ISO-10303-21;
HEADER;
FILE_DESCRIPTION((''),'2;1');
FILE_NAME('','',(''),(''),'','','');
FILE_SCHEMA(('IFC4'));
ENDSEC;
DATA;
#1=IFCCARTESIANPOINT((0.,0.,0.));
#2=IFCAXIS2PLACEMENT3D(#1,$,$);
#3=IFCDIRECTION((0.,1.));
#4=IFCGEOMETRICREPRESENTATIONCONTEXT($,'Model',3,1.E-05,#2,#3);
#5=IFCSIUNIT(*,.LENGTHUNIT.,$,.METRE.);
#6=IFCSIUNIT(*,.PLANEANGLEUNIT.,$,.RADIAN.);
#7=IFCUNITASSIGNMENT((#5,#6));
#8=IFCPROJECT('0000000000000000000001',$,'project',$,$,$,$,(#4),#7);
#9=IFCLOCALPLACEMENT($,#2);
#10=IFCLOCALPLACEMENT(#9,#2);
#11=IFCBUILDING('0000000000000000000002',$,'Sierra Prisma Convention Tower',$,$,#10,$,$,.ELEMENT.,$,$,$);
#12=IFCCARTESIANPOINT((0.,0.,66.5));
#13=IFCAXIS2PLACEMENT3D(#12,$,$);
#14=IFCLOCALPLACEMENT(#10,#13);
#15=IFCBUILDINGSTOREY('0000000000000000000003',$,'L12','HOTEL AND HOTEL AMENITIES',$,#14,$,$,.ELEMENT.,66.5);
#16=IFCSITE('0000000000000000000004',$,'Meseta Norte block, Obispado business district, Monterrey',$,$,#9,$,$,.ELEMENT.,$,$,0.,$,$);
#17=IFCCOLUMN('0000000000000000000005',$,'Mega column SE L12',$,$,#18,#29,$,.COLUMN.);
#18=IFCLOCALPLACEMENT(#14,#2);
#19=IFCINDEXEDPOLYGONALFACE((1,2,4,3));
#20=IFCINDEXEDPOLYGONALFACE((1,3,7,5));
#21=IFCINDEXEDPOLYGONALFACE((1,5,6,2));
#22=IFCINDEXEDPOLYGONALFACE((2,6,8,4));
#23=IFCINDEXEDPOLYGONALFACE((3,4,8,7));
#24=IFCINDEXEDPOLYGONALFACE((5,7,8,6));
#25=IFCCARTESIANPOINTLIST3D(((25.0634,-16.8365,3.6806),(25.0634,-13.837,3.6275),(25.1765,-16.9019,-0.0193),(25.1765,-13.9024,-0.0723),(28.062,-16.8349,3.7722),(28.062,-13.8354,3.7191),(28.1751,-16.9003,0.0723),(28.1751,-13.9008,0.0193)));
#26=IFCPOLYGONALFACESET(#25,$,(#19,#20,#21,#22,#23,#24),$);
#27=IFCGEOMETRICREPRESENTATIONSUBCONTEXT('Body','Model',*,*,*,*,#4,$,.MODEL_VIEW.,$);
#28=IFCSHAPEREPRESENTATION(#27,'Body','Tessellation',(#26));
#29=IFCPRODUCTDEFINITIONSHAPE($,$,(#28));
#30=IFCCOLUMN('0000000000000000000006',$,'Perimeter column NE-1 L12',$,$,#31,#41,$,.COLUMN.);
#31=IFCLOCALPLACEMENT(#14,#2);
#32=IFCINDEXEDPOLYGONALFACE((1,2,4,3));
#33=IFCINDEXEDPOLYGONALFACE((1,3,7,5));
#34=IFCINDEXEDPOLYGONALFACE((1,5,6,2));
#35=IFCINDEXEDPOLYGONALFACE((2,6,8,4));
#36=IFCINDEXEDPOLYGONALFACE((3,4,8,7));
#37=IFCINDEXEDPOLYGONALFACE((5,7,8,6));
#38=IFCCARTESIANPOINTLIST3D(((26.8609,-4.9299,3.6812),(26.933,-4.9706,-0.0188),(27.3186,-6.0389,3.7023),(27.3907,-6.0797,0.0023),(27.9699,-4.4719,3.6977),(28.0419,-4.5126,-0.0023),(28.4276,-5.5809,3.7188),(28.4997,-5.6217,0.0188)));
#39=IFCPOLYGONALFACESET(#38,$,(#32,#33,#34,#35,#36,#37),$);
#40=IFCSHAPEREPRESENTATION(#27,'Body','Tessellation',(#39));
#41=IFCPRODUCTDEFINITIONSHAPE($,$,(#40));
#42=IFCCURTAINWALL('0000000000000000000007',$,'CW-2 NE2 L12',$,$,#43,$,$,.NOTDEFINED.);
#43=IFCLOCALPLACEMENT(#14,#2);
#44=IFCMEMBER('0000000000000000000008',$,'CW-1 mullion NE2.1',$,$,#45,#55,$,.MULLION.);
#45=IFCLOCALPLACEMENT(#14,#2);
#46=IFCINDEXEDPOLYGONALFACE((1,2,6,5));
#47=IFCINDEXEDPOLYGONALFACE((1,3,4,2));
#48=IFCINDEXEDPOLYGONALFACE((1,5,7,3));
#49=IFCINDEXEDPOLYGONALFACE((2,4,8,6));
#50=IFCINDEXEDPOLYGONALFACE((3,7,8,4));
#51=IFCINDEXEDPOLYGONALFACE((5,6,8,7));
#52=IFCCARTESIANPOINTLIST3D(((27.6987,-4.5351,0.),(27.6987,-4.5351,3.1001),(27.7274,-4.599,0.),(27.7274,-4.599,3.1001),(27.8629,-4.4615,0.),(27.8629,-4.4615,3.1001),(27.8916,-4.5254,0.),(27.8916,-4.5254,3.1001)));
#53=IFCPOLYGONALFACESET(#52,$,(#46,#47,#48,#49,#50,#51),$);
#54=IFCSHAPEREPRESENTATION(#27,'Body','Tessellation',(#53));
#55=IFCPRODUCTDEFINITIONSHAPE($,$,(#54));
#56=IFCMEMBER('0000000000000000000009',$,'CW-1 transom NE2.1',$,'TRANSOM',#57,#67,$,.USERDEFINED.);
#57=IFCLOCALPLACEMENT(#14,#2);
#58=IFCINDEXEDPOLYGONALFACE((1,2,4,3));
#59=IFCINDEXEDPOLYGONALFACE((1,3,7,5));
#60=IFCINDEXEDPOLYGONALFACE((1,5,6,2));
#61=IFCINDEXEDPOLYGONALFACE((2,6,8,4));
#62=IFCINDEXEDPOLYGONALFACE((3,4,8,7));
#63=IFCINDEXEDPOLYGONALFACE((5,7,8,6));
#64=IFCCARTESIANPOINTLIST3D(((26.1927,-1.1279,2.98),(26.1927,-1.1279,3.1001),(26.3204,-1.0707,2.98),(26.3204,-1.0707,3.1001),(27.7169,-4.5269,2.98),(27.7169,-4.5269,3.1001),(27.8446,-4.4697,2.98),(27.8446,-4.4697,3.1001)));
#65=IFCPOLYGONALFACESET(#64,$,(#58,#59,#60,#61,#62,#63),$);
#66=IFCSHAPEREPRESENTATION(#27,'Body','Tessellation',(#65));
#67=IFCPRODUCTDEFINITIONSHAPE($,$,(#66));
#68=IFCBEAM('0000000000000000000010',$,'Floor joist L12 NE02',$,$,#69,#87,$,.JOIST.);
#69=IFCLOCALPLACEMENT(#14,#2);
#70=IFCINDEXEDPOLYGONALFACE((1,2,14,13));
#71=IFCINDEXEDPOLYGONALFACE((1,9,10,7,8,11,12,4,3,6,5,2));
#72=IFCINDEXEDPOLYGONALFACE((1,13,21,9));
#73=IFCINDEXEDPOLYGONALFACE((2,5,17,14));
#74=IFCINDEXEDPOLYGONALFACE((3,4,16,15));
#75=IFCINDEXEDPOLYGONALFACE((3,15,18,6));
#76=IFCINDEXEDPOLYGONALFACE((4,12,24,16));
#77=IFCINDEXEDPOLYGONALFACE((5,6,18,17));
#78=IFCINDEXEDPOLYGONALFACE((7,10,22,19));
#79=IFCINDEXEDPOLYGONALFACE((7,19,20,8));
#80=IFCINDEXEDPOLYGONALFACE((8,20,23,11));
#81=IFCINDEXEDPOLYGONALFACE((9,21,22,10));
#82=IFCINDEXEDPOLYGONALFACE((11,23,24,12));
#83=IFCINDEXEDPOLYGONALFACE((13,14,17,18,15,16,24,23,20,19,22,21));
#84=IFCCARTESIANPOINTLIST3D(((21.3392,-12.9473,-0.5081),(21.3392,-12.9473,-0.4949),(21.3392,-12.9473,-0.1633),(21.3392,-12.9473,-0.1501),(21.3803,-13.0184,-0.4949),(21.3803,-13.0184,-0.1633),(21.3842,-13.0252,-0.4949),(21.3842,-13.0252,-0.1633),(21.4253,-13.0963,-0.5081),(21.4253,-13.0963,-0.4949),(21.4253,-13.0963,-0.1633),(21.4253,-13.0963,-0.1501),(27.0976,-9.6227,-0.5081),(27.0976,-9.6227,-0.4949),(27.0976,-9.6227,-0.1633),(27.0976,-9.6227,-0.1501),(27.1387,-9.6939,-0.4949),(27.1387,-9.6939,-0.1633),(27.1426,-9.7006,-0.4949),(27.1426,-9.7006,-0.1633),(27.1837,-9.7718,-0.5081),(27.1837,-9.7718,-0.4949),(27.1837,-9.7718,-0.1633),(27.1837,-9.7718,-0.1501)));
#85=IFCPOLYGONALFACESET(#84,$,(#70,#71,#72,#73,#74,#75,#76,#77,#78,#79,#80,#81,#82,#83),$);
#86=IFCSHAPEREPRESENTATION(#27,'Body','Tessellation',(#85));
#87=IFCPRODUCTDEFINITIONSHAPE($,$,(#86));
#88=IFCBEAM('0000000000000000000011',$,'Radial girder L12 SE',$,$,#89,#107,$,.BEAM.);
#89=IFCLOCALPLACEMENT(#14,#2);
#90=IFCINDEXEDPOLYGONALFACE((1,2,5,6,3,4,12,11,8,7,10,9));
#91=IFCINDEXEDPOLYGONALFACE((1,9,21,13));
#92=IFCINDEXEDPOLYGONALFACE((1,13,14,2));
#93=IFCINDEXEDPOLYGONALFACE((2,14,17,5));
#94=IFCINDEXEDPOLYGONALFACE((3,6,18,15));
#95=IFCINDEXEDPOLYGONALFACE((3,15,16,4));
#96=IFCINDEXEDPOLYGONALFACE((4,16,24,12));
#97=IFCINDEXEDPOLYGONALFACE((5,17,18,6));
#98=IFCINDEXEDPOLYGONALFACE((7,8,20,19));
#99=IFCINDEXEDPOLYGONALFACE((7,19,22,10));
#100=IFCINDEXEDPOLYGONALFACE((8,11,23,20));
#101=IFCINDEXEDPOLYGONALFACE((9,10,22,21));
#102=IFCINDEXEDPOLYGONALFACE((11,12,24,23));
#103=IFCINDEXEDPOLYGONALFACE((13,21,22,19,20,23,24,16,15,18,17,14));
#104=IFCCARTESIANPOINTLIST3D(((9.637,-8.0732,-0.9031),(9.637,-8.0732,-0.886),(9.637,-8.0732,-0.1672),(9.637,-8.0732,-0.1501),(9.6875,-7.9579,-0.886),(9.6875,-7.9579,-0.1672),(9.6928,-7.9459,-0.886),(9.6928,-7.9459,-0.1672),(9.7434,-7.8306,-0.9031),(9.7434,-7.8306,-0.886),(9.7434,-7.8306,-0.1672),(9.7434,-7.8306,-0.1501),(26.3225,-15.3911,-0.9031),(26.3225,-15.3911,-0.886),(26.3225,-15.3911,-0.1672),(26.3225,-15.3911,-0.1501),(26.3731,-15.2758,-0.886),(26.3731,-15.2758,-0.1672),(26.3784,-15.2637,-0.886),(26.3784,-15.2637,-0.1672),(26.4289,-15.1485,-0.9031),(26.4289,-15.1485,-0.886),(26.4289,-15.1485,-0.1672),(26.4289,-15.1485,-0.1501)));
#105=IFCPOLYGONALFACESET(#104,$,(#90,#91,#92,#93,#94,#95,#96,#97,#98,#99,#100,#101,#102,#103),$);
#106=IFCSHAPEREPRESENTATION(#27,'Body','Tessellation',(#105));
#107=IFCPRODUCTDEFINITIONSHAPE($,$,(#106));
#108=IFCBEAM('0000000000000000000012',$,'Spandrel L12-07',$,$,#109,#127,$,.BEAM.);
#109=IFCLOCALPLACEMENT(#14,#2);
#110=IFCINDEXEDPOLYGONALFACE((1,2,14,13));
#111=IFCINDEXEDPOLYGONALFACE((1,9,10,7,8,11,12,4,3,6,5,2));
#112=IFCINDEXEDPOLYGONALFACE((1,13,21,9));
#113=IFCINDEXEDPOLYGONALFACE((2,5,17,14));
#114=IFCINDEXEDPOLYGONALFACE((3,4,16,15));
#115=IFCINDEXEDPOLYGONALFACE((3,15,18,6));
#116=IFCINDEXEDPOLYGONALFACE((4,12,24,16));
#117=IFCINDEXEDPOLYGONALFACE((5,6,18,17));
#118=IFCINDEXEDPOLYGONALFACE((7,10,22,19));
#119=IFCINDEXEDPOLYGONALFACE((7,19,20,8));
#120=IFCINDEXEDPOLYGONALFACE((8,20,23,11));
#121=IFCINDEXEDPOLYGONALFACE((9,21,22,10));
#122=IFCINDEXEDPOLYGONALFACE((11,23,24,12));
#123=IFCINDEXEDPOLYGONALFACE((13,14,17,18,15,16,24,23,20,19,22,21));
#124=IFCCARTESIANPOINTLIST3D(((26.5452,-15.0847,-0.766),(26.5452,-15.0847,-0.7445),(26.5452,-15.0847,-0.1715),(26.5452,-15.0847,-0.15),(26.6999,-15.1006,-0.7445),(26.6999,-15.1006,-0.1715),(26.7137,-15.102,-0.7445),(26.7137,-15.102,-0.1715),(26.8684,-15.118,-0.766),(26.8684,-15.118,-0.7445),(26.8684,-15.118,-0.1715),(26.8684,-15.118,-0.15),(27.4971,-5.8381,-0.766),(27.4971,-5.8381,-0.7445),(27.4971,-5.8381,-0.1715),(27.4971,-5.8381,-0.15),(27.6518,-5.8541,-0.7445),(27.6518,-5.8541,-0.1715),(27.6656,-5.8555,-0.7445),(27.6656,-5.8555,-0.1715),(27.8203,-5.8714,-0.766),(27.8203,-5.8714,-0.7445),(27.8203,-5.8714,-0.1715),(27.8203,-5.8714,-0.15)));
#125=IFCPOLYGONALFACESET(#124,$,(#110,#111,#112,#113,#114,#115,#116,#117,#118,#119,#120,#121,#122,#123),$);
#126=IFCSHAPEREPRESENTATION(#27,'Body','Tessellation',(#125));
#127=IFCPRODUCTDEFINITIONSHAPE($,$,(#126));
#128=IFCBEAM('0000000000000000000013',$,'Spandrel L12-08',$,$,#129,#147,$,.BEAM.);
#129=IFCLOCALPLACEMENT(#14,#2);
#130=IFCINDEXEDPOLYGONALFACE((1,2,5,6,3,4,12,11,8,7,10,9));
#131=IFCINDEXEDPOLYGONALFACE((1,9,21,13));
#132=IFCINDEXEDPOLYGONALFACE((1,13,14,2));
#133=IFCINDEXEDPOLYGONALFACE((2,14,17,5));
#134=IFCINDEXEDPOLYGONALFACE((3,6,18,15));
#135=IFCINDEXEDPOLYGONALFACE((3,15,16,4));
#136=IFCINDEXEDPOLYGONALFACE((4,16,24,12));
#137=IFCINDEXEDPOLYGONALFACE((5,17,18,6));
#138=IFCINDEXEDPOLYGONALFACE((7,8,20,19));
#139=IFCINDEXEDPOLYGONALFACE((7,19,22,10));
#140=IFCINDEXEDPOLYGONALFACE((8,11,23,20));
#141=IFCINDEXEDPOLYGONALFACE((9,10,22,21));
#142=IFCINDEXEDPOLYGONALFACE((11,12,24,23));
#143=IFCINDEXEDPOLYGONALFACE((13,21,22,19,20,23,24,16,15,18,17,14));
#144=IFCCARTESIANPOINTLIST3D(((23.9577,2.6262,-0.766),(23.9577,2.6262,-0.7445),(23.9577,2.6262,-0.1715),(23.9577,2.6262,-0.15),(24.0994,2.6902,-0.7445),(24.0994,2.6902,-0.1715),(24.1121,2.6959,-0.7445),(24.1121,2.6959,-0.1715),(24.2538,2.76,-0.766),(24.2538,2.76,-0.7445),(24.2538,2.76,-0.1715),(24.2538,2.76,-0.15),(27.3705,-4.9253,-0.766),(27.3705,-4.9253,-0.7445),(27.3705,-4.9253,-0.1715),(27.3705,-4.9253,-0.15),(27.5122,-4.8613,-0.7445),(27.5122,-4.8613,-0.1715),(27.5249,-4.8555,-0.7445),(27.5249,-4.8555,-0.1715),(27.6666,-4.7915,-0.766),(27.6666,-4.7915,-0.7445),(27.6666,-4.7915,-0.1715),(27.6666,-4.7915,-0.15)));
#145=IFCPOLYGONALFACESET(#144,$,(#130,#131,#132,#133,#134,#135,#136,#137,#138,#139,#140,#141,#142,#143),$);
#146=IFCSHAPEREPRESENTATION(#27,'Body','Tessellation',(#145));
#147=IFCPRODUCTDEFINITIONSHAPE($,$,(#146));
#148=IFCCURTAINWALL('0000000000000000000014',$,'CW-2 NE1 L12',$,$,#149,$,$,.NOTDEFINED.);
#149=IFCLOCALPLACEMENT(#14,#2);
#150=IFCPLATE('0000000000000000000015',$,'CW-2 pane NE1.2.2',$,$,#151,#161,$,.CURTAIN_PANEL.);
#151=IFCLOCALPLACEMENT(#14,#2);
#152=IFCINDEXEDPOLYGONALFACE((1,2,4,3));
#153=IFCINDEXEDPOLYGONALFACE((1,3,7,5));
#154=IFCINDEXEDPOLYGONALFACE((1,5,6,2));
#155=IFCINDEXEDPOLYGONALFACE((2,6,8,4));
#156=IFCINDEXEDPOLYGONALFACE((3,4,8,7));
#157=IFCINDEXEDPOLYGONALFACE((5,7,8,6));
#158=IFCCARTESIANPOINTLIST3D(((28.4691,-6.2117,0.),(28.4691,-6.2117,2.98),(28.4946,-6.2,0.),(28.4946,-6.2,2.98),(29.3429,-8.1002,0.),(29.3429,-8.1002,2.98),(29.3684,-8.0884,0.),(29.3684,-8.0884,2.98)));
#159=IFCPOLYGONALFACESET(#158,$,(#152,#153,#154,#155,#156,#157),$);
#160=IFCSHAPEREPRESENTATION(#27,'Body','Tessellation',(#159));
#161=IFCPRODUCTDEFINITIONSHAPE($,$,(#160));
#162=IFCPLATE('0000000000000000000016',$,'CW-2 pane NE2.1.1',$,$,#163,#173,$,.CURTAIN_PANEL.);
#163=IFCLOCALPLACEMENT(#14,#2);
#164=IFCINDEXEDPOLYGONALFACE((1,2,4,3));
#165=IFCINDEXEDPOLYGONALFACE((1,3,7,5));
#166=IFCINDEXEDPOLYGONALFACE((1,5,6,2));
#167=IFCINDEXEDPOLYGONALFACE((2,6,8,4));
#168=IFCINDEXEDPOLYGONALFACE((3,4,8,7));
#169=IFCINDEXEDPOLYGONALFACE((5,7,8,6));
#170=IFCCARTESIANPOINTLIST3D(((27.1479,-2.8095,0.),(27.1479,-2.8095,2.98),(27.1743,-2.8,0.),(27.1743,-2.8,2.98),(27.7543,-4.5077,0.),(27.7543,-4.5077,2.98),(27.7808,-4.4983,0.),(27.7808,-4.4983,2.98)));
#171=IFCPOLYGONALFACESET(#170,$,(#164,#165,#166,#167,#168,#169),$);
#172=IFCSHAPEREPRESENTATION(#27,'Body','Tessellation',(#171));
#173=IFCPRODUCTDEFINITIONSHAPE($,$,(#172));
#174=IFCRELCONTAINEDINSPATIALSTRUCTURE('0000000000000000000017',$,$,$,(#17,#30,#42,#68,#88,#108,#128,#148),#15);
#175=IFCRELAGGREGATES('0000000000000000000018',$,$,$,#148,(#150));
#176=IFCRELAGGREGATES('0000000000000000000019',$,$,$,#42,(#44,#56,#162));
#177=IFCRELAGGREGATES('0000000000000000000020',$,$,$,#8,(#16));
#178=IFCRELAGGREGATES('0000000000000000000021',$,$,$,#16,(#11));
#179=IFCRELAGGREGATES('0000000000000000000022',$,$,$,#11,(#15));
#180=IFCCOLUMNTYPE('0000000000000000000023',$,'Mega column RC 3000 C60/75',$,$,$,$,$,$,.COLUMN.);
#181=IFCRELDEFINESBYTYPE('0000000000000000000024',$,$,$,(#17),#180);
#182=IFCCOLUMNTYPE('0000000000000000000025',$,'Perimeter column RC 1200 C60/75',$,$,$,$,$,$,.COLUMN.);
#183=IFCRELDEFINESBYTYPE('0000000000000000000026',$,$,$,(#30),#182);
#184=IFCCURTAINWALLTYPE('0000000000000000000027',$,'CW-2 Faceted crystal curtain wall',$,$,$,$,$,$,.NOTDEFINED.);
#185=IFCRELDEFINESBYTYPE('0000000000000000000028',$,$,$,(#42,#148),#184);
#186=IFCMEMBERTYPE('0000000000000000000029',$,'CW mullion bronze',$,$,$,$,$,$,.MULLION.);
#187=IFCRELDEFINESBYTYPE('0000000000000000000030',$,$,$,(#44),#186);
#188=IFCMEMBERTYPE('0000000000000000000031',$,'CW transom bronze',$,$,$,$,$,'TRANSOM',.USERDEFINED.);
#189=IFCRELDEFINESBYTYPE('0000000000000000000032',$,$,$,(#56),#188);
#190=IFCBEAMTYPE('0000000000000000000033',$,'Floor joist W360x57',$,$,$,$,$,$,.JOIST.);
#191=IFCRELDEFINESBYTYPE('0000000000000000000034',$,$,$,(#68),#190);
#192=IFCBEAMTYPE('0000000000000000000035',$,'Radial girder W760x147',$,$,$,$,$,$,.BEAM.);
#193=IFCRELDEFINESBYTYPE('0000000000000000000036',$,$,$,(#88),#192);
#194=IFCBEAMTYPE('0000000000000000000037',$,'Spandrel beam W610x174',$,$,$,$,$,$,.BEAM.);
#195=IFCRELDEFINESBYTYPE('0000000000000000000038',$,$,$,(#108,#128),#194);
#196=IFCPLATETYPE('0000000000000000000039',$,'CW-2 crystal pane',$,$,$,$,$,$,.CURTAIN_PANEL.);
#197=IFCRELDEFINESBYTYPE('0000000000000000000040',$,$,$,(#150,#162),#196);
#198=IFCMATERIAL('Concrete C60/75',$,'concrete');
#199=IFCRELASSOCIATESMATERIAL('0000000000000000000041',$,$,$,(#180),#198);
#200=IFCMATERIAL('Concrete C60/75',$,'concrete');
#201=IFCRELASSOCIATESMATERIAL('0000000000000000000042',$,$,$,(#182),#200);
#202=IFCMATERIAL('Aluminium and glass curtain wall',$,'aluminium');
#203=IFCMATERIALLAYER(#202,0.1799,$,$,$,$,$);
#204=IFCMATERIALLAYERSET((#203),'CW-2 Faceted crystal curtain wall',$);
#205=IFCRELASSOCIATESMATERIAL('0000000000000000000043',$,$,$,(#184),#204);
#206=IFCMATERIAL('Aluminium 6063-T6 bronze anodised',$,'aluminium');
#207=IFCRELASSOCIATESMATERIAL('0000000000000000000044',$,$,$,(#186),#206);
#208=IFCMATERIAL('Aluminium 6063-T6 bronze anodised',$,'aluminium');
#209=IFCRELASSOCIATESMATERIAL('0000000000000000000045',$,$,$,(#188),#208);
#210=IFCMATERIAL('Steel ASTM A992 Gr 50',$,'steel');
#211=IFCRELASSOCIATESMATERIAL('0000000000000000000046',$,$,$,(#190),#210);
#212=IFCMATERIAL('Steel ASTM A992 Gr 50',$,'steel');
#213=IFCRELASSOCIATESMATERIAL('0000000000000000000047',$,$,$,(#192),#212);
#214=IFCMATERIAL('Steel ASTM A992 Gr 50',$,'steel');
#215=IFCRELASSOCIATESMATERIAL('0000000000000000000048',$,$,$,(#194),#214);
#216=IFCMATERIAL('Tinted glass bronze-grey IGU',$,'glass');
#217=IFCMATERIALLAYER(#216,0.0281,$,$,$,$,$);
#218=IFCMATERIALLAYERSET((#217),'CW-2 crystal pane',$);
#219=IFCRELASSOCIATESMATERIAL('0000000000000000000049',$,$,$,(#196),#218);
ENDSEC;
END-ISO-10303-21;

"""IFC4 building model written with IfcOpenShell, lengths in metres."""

from ifc_helpers import new_model, si_unit, direction, frame, origin, origin_2d, place, context, subcontext, project, spatial, polyline, rectangle, i_section, outline, extrude, material, layer, layer_set, material_profile, profile_set, type_object, element, aggregate, save


model = new_model("IFC4")

# Units and contexts
model_context = context("Model", 3, precision=1e-05, world=origin(), true_north=direction((0.0, 1.0)))
body_context = subcontext(model_context, "Body", "Model", "MODEL_VIEW")
ifc_project = project(units=[si_unit("LENGTHUNIT", "METRE"), si_unit("PLANEANGLEUNIT", "RADIAN")], contexts=[model_context])

# Site, building, storey
site_placement = place(None, origin())
site = spatial("IfcSite", under=ifc_project, at=site_placement, Name="Meseta Norte block, Obispado business district, Monterrey", CompositionType="ELEMENT", RefElevation=0.0)
building_placement = place(site_placement, origin())
building = spatial("IfcBuilding", under=site, at=building_placement, Name="Sierra Prisma Convention Tower", CompositionType="ELEMENT")
storey_placement = place(building_placement, frame((0.0, 0.0, 66.5)))
storey = spatial("IfcBuildingStorey", under=building, at=storey_placement, Name="L12", Description="HOTEL AND HOTEL AMENITIES", CompositionType="ELEMENT", Elevation=66.5)

# Columns
ifc_material_1 = material(Name="Concrete C60/75", Category="concrete")
ifc_material_profile_1 = material_profile(ifc_material_1, rectangle(XDim=3.0, YDim=3.0, at=origin_2d()), Name="Mega column RC 3000 C60/75")
ifc_profile_set_1 = profile_set([ifc_material_profile_1], Name="Concrete C60/75")
column_type_1 = type_object("IfcColumnType", Name="Mega column RC 3000 C60/75", PredefinedType="COLUMN", material=ifc_profile_set_1)
column_1_placement = place(storey_placement, frame((26.6758, -15.4014, 0.0), z_axis=(-0.030532, 0.017673, 0.999378), x_axis=(0.999534, 0.00054, 0.030527)))
element("IfcColumn", 1, at=column_1_placement, inside=storey, type_object=column_type_1, Name="Mega column SE L12", PredefinedType="COLUMN", context=body_context, shape_type="SweptSolid", body=[
    extrude(rectangle(XDim=3.0, YDim=3.0, at=origin_2d()), origin(), (0.0, 0.0, 1.0), 3.7021),
])
ifc_material_2 = material(Name="Concrete C60/75", Category="concrete")
ifc_material_profile_2 = material_profile(ifc_material_2, rectangle(XDim=1.2, YDim=1.2, at=origin_2d()), Name="Perimeter column RC 1200 C60/75")
ifc_profile_set_2 = profile_set([ifc_material_profile_2], Name="Concrete C60/75")
column_type_2 = type_object("IfcColumnType", Name="Perimeter column RC 1200 C60/75", PredefinedType="COLUMN", material=ifc_profile_set_2)
column_2_placement = place(storey_placement, frame((27.7163, -5.2961, 0.0), z_axis=(-0.019461, 0.011017, 0.99975), x_axis=(-0.381437, 0.924227, -0.017609)))
element("IfcColumn", 2, at=column_2_placement, inside=storey, type_object=column_type_2, Name="Perimeter column NE-1 L12", PredefinedType="COLUMN", context=body_context, shape_type="SweptSolid", body=[
    extrude(rectangle(XDim=1.2, YDim=1.2, at=origin_2d()), origin(), (0.0, 0.0, 1.0), 3.7009),
])

# Curtain wall, members
ifc_material_3 = material(Name="Aluminium and glass curtain wall", Category="aluminium")
ifc_layer_1 = layer(ifc_material_3, 0.1799)
ifc_layer_set_1 = layer_set([ifc_layer_1], Name="CW-2 Faceted crystal curtain wall")
curtain_wall_type = type_object("IfcCurtainWallType", Name="CW-2 Faceted crystal curtain wall", PredefinedType="NOTDEFINED", material=ifc_layer_set_1)
curtain_wall_1_placement = place(storey_placement, origin())
curtain_wall_1 = element("IfcCurtainWall", 3, at=curtain_wall_1_placement, inside=storey, type_object=curtain_wall_type, Name="CW-2 NE2 L12", PredefinedType="NOTDEFINED")
ifc_material_4 = material(Name="Aluminium 6063-T6 bronze anodised", Category="aluminium")
ifc_material_profile_3 = material_profile(ifc_material_4, rectangle(XDim=0.1799, YDim=0.0701, at=origin_2d()), Name="ALU MULLION 70x180")
ifc_profile_set_3 = profile_set([ifc_material_profile_3], Name="Aluminium 6063-T6 bronze anodised")
member_type_1 = type_object("IfcMemberType", Name="CW mullion bronze", PredefinedType="MULLION", material=ifc_profile_set_3)
member_1_placement = place(storey_placement, frame((27.7952, -4.5303, 0.0), z_axis=(0.0, 0.0, 1.0), x_axis=(-0.912475, -0.409132, 0.0)))
member_1 = element("IfcMember", 4, at=member_1_placement, type_object=member_type_1, Name="CW-1 mullion NE2.1", PredefinedType="MULLION", context=body_context, shape_type="SweptSolid", body=[
    extrude(rectangle(XDim=0.1799, YDim=0.0701, at=origin_2d()), origin(), (0.0, 0.0, 1.0), 3.1001),
])
ifc_material_5 = material(Name="Aluminium 6063-T6 bronze anodised", Category="aluminium")
ifc_material_profile_4 = material_profile(ifc_material_5, rectangle(XDim=0.1399, YDim=0.1201, at=origin_2d()), Name="ALU TRANSOM 120x140")
ifc_profile_set_4 = profile_set([ifc_material_profile_4], Name="Aluminium 6063-T6 bronze anodised")
member_type_2 = type_object("IfcMemberType", Name="CW transom bronze", ElementType="TRANSOM", PredefinedType="USERDEFINED", material=ifc_profile_set_4)
member_2_placement = place(storey_placement, frame((27.7808, -4.4983, 3.04), z_axis=(-0.409171, 0.912458, 0.0), x_axis=(-0.912458, -0.409171, 0.0)))
member_2 = element("IfcMember", 5, at=member_2_placement, type_object=member_type_2, Name="CW-1 transom NE2.1", ObjectType="TRANSOM", PredefinedType="USERDEFINED", context=body_context, shape_type="SweptSolid", body=[
    extrude(rectangle(XDim=0.1399, YDim=0.1201, at=origin_2d()), origin(), (0.0, 0.0, 1.0), 3.7251),
])

# Beams
ifc_material_6 = material(Name="Steel ASTM A992 Gr 50", Category="steel")
ifc_material_profile_5 = material_profile(ifc_material_6, i_section(OverallWidth=0.1721, OverallDepth=0.3579, WebThickness=0.0078, FlangeThickness=0.0132, at=origin_2d()), Name="W360x57")
ifc_profile_set_5 = profile_set([ifc_material_profile_5], Name="Steel ASTM A992 Gr 50")
beam_type_1 = type_object("IfcBeamType", Name="Floor joist W360x57", PredefinedType="JOIST", material=ifc_profile_set_5)
beam_1_placement = place(storey_placement, frame((27.1406, -9.6973, -0.3291), z_axis=(-0.866032, -0.499989, 0.0), x_axis=(0.499989, -0.866032, 0.0)))
element("IfcBeam", 6, at=beam_1_placement, inside=storey, type_object=beam_type_1, Name="Floor joist L12 NE02", PredefinedType="JOIST", context=body_context, shape_type="SweptSolid", body=[
    extrude(i_section(OverallWidth=0.1721, OverallDepth=0.3579, WebThickness=0.0078, FlangeThickness=0.0132, at=origin_2d()), origin(), (0.0, 0.0, 1.0), 6.6492),
])
ifc_material_7 = material(Name="Steel ASTM A992 Gr 50", Category="steel")
ifc_material_profile_6 = material_profile(ifc_material_7, i_section(OverallWidth=0.2649, OverallDepth=0.7529, WebThickness=0.0132, FlangeThickness=0.0171, at=origin_2d()), Name="W760x147")
ifc_profile_set_6 = profile_set([ifc_material_profile_6], Name="Steel ASTM A992 Gr 50")
beam_type_2 = type_object("IfcBeamType", Name="Radial girder W760x147", PredefinedType="BEAM", material=ifc_profile_set_6)
beam_2_placement = place(storey_placement, frame((26.3757, -15.2698, -0.5266), z_axis=(-0.915795, 0.401645, 0.0), x_axis=(-0.401645, -0.915795, 0.0)))
element("IfcBeam", 7, at=beam_2_placement, inside=storey, type_object=beam_type_2, Name="Radial girder L12 SE", PredefinedType="BEAM", context=body_context, shape_type="SweptSolid", body=[
    extrude(i_section(OverallWidth=0.2649, OverallDepth=0.7529, WebThickness=0.0132, FlangeThickness=0.0171, at=origin_2d()), origin(), (0.0, 0.0, 1.0), 18.2197),
])
ifc_material_8 = material(Name="Steel ASTM A992 Gr 50", Category="steel")
ifc_material_profile_7 = material_profile(ifc_material_8, i_section(OverallWidth=0.325, OverallDepth=0.616, WebThickness=0.0139, FlangeThickness=0.0215, at=origin_2d()), Name="W610x174")
ifc_profile_set_7 = profile_set([ifc_material_profile_7], Name="Steel ASTM A992 Gr 50")
beam_type_3 = type_object("IfcBeamType", Name="Spandrel beam W610x174", PredefinedType="BEAM", material=ifc_profile_set_7)
beam_3_placement = place(storey_placement, frame((26.7068, -15.1013, -0.458), z_axis=(0.102405, 0.994743, 0.0), x_axis=(-0.994743, 0.102405, 0.0)))
element("IfcBeam", 8, at=beam_3_placement, inside=storey, type_object=beam_type_3, Name="Spandrel L12-07", PredefinedType="BEAM", context=body_context, shape_type="SweptSolid", body=[
    extrude(i_section(OverallWidth=0.325, OverallDepth=0.616, WebThickness=0.0139, FlangeThickness=0.0215, at=origin_2d()), origin(), (0.0, 0.0, 1.0), 9.2954),
])
beam_4_placement = place(storey_placement, frame((27.5186, -4.8584, -0.458), z_axis=(-0.411835, 0.911258, 0.0), x_axis=(-0.911258, -0.411835, 0.0)))
element("IfcBeam", 9, at=beam_4_placement, inside=storey, type_object=beam_type_3, Name="Spandrel L12-08", PredefinedType="BEAM", context=body_context, shape_type="SweptSolid", body=[
    extrude(i_section(OverallWidth=0.325, OverallDepth=0.616, WebThickness=0.0139, FlangeThickness=0.0215, at=origin_2d()), origin(), (0.0, 0.0, 1.0), 8.2869),
])

# Curtain wall, plate
curtain_wall_2_placement = place(storey_placement, origin())
curtain_wall_2 = element("IfcCurtainWall", 10, at=curtain_wall_2_placement, inside=storey, type_object=curtain_wall_type, Name="CW-2 NE1 L12", PredefinedType="NOTDEFINED")
ifc_material_9 = material(Name="Tinted glass bronze-grey IGU", Category="glass")
ifc_layer_2 = layer(ifc_material_9, 0.0281)
ifc_layer_set_2 = layer_set([ifc_layer_2], Name="CW-2 crystal pane")
plate_type = type_object("IfcPlateType", Name="CW-2 crystal pane", PredefinedType="CURTAIN_PANEL", material=ifc_layer_set_2)
plate_1_placement = place(storey_placement, frame((28.4946, -6.2, 0.0), z_axis=(0.907557, 0.419929, 0.0), x_axis=(0.419929, -0.907557, 0.0)))
plate_1 = element("IfcPlate", 11, at=plate_1_placement, type_object=plate_type, Name="CW-2 pane NE1.2.2", PredefinedType="CURTAIN_PANEL", context=body_context, shape_type="SweptSolid", body=[
    extrude(outline(polyline([(0.0, 0.0), (2.0808, 0.0), (2.0808, -2.98), (0.0, -2.98), (0.0, 0.0)])), origin(), (0.0, 0.0, -1.0), 0.0281),
])
aggregate(curtain_wall_2, [plate_1])

# Plate
plate_2_placement = place(storey_placement, frame((27.7808, -4.4983, 0.0), z_axis=(0.941754, 0.336302, 0.0), x_axis=(-0.336302, 0.941754, 0.0)))
plate_2 = element("IfcPlate", 12, at=plate_2_placement, type_object=plate_type, Name="CW-2 pane NE2.1.1", PredefinedType="CURTAIN_PANEL", context=body_context, shape_type="SweptSolid", body=[
    extrude(outline(polyline([(0.0, 0.0), (1.8033, 0.0), (1.8033, 2.98), (0.0, 2.98), (0.0, 0.0)])), origin(), (0.0, 0.0, -1.0), 0.0281),
])
aggregate(curtain_wall_1, [member_1, member_2, plate_2])

save(model, "model.ifc")
